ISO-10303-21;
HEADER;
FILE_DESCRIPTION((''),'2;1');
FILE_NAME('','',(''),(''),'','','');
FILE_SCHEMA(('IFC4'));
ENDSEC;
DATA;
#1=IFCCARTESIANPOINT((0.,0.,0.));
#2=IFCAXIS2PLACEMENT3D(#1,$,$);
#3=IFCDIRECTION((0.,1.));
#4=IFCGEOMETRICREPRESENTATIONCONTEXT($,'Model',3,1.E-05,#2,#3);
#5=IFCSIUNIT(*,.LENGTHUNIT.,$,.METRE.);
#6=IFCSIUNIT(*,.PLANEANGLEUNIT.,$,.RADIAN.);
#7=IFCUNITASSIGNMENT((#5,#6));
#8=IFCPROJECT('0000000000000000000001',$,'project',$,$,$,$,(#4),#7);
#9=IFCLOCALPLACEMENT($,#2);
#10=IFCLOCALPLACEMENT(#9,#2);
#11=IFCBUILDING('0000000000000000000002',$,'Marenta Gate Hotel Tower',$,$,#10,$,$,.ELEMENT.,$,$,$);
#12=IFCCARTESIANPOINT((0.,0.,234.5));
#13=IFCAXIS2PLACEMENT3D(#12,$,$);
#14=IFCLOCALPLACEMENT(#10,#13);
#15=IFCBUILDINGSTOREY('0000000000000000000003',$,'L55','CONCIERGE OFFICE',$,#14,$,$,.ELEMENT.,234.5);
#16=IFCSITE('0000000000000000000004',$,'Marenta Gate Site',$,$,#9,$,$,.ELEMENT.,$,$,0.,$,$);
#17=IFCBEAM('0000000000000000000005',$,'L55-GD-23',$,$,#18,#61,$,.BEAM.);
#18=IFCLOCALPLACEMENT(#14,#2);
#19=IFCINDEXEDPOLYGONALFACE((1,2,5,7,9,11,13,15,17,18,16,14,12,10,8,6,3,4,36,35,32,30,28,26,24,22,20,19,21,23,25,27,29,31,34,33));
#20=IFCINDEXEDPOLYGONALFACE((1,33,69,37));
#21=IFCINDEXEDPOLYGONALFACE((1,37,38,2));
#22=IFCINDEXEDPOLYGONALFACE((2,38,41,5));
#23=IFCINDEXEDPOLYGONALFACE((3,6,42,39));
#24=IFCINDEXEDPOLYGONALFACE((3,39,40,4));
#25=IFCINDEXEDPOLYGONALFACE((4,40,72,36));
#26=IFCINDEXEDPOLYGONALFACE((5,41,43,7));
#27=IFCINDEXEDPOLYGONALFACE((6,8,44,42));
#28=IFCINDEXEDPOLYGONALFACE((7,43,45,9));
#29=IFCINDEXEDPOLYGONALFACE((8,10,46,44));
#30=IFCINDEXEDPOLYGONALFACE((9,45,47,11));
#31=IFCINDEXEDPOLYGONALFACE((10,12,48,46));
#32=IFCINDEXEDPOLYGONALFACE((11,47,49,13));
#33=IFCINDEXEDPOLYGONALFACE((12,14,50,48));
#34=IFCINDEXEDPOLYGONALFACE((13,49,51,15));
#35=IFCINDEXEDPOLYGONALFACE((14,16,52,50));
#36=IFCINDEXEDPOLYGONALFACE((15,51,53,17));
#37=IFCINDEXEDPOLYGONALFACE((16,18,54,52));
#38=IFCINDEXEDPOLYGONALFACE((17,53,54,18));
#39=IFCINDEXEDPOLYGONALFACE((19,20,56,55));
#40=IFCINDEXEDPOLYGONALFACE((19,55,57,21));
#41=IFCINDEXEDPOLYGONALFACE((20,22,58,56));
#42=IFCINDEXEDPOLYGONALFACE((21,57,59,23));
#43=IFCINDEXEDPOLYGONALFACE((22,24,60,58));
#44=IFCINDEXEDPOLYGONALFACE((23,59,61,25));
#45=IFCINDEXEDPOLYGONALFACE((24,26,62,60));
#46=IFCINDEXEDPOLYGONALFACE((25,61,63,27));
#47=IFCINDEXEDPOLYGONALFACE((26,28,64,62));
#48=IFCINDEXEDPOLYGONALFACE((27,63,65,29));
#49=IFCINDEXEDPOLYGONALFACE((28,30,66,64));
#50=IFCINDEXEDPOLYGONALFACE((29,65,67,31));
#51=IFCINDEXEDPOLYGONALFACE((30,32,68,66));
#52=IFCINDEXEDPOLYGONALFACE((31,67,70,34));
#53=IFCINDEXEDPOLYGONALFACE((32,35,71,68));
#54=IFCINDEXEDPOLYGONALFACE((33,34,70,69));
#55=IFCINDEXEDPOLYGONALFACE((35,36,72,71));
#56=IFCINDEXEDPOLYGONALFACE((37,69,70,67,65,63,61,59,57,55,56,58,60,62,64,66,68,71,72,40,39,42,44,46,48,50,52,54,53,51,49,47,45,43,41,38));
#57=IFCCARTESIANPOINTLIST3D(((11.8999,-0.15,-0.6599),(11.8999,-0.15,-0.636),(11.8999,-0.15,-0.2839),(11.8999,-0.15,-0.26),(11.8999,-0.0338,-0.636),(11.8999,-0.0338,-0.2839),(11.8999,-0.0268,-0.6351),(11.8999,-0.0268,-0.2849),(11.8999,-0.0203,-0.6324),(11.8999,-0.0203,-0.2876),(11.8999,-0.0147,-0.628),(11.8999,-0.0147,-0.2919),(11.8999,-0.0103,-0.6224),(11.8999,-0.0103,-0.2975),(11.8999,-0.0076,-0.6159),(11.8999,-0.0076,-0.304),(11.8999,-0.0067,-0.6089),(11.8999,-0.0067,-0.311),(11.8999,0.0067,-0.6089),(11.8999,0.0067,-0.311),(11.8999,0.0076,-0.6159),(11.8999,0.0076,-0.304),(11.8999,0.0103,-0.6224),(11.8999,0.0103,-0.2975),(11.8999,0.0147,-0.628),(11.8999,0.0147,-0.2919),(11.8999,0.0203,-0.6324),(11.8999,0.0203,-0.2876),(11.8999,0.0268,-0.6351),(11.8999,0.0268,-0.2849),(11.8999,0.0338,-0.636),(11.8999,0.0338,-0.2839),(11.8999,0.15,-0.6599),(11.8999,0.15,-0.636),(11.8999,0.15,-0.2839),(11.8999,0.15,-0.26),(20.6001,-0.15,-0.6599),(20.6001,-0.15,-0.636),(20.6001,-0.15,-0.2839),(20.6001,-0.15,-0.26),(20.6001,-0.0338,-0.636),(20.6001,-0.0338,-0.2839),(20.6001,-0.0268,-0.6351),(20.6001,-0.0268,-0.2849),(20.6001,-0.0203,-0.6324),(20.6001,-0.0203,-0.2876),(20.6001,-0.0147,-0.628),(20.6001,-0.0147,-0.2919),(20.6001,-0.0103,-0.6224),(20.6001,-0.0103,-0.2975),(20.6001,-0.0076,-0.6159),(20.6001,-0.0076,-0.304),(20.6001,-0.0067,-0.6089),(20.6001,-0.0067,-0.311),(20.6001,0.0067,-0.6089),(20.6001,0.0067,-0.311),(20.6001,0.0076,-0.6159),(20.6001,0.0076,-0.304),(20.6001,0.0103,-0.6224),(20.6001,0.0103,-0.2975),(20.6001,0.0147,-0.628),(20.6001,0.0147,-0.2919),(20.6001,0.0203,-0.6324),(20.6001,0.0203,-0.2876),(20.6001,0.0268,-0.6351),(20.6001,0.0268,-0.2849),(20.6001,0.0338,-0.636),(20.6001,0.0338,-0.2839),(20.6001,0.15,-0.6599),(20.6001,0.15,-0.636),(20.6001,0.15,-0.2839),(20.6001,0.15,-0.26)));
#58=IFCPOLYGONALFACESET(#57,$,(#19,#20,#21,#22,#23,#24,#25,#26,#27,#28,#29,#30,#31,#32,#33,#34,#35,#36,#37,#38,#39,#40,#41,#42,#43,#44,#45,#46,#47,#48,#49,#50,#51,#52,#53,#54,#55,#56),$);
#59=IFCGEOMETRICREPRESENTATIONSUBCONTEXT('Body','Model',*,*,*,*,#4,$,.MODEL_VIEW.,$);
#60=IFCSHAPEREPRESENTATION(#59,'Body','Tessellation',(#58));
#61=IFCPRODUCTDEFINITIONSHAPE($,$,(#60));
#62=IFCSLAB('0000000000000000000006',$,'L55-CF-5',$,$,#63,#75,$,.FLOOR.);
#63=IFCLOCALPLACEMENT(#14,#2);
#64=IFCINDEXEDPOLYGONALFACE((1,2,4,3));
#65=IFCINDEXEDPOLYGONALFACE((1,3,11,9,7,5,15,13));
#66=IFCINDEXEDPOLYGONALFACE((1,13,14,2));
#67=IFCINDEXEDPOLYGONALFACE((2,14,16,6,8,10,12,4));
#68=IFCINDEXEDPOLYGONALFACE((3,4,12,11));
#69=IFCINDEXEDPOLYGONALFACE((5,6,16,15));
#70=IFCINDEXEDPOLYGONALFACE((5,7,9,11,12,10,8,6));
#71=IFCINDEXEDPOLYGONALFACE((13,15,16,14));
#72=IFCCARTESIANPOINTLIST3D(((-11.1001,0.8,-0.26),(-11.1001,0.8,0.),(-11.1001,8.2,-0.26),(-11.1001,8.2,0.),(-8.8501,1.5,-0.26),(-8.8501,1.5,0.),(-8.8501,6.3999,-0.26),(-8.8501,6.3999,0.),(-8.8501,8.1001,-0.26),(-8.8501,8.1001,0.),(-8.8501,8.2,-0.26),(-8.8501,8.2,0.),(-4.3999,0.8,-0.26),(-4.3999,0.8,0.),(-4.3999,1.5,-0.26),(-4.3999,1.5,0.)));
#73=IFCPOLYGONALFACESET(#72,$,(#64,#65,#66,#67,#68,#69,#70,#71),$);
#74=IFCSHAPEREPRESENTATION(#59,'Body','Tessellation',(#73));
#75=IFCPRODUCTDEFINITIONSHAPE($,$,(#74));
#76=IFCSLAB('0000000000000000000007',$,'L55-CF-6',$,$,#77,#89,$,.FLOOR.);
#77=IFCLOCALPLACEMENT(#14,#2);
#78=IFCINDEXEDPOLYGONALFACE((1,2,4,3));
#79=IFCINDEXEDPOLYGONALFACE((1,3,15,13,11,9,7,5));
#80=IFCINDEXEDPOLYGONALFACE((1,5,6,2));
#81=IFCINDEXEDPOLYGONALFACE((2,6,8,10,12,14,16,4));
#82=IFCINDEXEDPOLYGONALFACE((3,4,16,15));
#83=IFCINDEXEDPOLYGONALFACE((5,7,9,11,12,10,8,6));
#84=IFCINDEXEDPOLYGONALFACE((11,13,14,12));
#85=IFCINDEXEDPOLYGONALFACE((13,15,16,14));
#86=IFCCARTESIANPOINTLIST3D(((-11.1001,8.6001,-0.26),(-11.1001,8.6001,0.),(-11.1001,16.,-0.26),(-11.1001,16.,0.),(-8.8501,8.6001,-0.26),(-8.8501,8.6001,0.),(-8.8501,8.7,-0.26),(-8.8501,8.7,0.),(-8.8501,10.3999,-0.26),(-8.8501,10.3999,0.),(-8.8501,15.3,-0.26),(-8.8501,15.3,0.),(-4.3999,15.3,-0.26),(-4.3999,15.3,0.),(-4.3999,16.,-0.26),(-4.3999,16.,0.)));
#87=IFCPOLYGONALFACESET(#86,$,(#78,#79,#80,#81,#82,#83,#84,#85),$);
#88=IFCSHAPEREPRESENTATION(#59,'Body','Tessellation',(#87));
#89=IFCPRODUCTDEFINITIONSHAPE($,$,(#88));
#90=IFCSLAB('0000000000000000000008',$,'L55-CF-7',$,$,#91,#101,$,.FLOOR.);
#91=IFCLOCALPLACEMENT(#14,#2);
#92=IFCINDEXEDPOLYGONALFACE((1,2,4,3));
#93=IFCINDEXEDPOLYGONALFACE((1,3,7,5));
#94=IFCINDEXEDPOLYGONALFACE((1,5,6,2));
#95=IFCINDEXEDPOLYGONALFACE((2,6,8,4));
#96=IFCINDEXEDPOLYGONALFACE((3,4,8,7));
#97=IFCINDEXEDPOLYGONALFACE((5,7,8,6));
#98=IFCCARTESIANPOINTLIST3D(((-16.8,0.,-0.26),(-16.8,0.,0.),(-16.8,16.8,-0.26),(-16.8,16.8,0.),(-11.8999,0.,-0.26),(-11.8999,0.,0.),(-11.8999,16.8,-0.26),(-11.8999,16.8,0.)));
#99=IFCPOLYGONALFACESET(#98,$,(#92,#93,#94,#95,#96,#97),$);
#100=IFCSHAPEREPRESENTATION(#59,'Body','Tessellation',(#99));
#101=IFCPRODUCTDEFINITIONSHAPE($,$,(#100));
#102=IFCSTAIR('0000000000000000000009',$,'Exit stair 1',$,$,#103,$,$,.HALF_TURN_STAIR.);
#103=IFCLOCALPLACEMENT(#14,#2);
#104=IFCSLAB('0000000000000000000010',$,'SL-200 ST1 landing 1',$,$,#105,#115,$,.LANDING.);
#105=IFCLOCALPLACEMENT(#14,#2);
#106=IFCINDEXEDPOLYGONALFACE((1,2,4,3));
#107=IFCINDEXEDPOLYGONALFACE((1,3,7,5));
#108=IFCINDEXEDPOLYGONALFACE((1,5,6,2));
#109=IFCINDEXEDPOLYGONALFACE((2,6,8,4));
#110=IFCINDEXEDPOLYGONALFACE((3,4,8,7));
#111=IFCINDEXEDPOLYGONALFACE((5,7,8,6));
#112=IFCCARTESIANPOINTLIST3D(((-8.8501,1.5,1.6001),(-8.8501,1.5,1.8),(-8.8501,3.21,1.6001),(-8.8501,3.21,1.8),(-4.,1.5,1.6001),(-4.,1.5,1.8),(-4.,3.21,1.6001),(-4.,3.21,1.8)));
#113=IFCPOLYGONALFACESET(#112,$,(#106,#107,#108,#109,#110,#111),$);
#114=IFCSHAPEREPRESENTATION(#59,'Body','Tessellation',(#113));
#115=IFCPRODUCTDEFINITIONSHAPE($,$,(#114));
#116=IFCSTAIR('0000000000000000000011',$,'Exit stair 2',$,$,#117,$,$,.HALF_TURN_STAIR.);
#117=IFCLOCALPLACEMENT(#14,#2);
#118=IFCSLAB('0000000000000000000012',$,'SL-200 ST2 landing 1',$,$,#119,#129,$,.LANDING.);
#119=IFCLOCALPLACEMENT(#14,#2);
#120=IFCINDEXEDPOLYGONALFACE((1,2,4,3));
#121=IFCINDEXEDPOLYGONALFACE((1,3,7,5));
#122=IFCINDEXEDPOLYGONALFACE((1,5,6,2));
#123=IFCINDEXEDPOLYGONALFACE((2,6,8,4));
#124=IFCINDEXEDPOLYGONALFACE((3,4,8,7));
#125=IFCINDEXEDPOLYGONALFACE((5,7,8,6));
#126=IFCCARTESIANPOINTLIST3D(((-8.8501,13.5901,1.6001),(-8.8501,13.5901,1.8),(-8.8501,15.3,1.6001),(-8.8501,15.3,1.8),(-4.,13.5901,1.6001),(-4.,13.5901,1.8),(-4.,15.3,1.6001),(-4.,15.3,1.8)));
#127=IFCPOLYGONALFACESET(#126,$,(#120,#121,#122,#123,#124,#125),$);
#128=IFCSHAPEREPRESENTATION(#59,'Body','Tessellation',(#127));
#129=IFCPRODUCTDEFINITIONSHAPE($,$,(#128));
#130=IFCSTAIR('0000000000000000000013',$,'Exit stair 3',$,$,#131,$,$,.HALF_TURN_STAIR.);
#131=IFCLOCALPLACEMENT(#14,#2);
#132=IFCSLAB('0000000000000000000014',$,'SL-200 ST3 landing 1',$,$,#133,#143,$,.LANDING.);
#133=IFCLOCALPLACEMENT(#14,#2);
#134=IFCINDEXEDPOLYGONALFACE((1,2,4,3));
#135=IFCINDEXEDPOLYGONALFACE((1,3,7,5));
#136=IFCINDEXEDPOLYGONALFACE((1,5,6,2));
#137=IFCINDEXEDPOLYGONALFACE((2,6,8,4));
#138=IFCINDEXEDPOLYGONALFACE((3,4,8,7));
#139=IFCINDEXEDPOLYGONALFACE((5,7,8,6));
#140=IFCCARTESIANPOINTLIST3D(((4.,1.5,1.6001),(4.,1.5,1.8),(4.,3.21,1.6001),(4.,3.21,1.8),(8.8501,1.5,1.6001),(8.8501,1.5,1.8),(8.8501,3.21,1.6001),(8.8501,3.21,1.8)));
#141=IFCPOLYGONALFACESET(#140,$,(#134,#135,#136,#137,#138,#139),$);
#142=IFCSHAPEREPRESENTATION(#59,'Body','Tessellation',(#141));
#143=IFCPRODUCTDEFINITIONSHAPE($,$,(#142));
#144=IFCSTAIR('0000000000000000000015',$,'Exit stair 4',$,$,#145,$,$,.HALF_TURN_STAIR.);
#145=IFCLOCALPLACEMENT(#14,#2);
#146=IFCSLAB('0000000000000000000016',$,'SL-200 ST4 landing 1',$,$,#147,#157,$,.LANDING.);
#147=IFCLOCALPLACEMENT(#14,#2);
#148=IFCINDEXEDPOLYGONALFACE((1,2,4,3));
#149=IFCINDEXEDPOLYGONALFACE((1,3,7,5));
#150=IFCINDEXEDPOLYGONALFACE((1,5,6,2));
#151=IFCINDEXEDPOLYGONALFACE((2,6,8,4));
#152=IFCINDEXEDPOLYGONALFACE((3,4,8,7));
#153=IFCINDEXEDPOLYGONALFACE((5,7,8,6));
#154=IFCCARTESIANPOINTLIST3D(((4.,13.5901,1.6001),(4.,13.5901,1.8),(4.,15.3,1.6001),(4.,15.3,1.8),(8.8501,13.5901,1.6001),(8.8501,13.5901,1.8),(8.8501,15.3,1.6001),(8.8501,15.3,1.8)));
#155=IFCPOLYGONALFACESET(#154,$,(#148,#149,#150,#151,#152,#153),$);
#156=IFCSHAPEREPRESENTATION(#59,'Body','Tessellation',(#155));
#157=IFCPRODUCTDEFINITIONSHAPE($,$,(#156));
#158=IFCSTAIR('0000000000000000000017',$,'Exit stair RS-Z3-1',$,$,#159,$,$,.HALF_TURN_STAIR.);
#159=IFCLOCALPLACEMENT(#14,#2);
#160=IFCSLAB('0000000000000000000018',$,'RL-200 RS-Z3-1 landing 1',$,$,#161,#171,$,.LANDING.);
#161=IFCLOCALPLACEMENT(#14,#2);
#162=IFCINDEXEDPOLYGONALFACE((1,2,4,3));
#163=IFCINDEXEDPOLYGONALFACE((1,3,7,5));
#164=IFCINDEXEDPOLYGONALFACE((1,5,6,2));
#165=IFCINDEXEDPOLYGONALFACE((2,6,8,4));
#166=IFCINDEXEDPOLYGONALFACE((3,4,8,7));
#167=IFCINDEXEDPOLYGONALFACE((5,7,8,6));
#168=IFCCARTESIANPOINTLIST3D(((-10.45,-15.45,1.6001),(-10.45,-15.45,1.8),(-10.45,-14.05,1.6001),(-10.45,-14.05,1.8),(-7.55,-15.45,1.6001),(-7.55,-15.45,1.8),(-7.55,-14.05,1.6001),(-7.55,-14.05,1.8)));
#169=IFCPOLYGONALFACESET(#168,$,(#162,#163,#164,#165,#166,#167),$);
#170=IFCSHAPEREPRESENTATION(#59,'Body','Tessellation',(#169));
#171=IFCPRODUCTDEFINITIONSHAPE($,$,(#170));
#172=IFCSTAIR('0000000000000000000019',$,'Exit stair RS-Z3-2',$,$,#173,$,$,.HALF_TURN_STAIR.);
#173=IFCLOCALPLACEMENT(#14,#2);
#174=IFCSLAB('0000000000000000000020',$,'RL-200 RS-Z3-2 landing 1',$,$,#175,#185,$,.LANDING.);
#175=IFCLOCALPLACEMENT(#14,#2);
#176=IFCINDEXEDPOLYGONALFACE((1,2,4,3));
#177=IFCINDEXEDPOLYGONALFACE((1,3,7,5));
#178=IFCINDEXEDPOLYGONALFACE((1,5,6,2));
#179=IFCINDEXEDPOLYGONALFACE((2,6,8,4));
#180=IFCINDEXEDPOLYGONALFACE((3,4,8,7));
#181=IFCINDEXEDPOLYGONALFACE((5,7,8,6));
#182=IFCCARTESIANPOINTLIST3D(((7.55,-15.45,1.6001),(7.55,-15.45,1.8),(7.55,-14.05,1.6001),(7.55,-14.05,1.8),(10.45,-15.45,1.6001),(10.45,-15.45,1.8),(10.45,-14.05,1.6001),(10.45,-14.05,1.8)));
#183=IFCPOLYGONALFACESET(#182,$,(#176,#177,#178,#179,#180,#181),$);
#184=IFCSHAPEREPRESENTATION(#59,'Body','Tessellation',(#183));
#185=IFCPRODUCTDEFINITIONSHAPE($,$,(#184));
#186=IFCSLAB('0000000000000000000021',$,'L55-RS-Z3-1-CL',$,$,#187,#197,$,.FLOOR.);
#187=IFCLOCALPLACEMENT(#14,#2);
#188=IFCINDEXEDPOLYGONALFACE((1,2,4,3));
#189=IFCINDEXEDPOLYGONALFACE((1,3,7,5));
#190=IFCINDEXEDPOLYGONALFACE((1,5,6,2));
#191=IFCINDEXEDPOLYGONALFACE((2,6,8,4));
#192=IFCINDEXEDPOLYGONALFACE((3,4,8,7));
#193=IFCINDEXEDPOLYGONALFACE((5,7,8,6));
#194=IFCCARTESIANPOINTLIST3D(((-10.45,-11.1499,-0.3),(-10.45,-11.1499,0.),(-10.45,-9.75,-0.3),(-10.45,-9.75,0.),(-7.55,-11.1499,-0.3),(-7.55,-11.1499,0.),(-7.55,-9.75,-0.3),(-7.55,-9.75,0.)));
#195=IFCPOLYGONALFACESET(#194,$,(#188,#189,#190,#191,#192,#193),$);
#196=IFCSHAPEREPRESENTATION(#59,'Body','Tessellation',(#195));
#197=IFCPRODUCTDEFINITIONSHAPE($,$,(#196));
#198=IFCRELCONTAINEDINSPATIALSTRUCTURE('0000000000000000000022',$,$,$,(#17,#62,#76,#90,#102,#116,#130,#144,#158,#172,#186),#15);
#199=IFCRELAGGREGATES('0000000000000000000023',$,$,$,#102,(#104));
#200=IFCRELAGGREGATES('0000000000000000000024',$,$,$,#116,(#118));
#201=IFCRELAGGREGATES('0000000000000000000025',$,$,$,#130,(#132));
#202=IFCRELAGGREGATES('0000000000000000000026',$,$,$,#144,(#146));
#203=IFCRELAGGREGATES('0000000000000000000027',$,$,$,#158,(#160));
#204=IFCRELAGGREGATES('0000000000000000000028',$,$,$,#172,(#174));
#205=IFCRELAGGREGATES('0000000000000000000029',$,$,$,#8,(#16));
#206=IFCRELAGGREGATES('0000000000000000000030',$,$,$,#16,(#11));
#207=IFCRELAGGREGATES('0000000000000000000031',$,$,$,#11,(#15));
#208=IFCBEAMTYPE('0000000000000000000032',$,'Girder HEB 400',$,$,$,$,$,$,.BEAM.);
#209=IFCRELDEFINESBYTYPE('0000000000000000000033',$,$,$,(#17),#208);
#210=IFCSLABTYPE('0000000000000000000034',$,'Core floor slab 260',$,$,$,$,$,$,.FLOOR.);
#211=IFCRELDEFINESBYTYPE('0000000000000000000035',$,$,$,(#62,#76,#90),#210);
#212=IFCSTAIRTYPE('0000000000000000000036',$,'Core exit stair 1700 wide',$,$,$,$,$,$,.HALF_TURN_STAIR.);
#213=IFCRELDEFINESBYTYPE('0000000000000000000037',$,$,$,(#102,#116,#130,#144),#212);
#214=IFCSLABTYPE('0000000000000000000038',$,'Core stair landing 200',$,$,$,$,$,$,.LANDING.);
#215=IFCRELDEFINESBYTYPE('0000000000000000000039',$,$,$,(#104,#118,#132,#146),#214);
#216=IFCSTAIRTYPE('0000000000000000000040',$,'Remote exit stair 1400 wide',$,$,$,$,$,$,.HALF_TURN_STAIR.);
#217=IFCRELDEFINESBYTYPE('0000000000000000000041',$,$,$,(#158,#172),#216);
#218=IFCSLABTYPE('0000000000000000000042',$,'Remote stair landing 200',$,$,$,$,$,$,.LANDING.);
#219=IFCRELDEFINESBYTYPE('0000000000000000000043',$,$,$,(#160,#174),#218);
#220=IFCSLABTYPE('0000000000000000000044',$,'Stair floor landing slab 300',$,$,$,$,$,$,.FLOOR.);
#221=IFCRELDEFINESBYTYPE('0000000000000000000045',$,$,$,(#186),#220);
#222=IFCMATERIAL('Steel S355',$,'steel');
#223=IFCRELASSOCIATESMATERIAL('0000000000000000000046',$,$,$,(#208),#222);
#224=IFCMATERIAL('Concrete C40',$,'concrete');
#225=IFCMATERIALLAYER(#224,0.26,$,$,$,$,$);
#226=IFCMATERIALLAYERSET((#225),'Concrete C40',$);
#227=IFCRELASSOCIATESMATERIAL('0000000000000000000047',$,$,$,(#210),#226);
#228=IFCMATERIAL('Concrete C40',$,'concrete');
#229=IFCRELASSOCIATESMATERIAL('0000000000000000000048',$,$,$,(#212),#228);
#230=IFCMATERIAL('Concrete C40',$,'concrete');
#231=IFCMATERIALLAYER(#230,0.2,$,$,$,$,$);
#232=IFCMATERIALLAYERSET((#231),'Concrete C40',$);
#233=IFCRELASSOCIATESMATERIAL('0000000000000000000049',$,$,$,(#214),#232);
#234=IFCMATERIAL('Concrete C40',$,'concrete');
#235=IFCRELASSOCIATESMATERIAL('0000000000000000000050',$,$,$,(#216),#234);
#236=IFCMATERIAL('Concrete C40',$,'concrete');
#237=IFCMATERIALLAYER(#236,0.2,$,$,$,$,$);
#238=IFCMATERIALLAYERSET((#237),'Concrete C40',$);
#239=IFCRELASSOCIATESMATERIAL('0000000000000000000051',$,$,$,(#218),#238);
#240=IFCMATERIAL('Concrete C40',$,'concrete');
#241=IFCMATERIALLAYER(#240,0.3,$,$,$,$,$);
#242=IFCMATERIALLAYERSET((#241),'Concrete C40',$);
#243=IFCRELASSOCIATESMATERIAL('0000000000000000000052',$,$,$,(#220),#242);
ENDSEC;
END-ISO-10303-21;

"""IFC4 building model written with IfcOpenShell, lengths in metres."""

from ifc_helpers import new_model, si_unit, direction, frame, origin, origin_2d, place, context, subcontext, project, spatial, polyline, i_section, outline, extrude, material, layer, layer_set, material_profile, profile_set, type_object, element, aggregate, save


model = new_model("IFC4")

# Units and contexts
model_context = context("Model", 3, precision=1e-05, world=origin(), true_north=direction((0.0, 1.0)))
body_context = subcontext(model_context, "Body", "Model", "MODEL_VIEW")
ifc_project = project(units=[si_unit("LENGTHUNIT", "METRE"), si_unit("PLANEANGLEUNIT", "RADIAN")], contexts=[model_context])

# Site, building, storey
site_placement = place(None, origin())
site = spatial("IfcSite", under=ifc_project, at=site_placement, Name="Marenta Gate Site", CompositionType="ELEMENT", RefElevation=0.0)
building_placement = place(site_placement, origin())
building = spatial("IfcBuilding", under=site, at=building_placement, Name="Marenta Gate Hotel Tower", CompositionType="ELEMENT")
storey_placement = place(building_placement, frame((0.0, 0.0, 234.5)))
storey = spatial("IfcBuildingStorey", under=building, at=storey_placement, Name="L55", Description="CONCIERGE OFFICE", CompositionType="ELEMENT", Elevation=234.5)

# Beam
ifc_material_1 = material(Name="Steel S355", Category="steel")
ifc_material_profile = material_profile(ifc_material_1, i_section(OverallWidth=0.3, OverallDepth=0.3999, WebThickness=0.0134, FlangeThickness=0.0239, FilletRadius=0.0271, at=origin_2d()), Name="HEB 400")
ifc_profile_set = profile_set([ifc_material_profile], Name="Steel S355")
beam_type = type_object("IfcBeamType", Name="Girder HEB 400", PredefinedType="BEAM", material=ifc_profile_set)
beam_placement = place(storey_placement, frame((11.8999, 0.0, -0.46), z_axis=(1.0, 0.0, 0.0), x_axis=(0.0, 1.0, 0.0)))
element("IfcBeam", 1, at=beam_placement, inside=storey, type_object=beam_type, Name="L55-GD-23", PredefinedType="BEAM", context=body_context, shape_type="SweptSolid", body=[
    extrude(i_section(OverallWidth=0.3, OverallDepth=0.3999, WebThickness=0.0134, FlangeThickness=0.0239, FilletRadius=0.0271, at=origin_2d()), origin(), (0.0, 0.0, 1.0), 8.7002),
])

# Slabs
ifc_material_2 = material(Name="Concrete C40", Category="concrete")
ifc_layer_1 = layer(ifc_material_2, 0.26)
ifc_layer_set_1 = layer_set([ifc_layer_1], Name="Concrete C40")
slab_type_1 = type_object("IfcSlabType", Name="Core floor slab 260", PredefinedType="FLOOR", material=ifc_layer_set_1)
slab_1_placement = place(storey_placement, frame((0.0, 0.0, -0.26)))
element("IfcSlab", 2, at=slab_1_placement, inside=storey, type_object=slab_type_1, Name="L55-CF-5", PredefinedType="FLOOR", context=body_context, shape_type="SweptSolid", body=[
    extrude(outline(polyline([(-8.8501, 8.2), (-8.8501, 8.1001), (-8.8501, 6.3999), (-8.8501, 1.5), (-4.3999, 1.5), (-4.3999, 0.8), (-11.1001, 0.8), (-11.1001, 8.2), (-8.8501, 8.2)])), origin(), (0.0, 0.0, 1.0), 0.26),
])
slab_2_placement = place(storey_placement, frame((0.0, 0.0, -0.26)))
element("IfcSlab", 3, at=slab_2_placement, inside=storey, type_object=slab_type_1, Name="L55-CF-6", PredefinedType="FLOOR", context=body_context, shape_type="SweptSolid", body=[
    extrude(outline(polyline([(-4.3999, 15.3), (-8.8501, 15.3), (-8.8501, 10.3999), (-8.8501, 8.7), (-8.8501, 8.6001), (-11.1001, 8.6001), (-11.1001, 16.0), (-4.3999, 16.0), (-4.3999, 15.3)])), origin(), (0.0, 0.0, 1.0), 0.26),
])
slab_3_placement = place(storey_placement, frame((0.0, 0.0, -0.26)))
element("IfcSlab", 4, at=slab_3_placement, inside=storey, type_object=slab_type_1, Name="L55-CF-7", PredefinedType="FLOOR", context=body_context, shape_type="SweptSolid", body=[
    extrude(outline(polyline([(-11.8999, 16.8), (-11.8999, 0.0), (-16.8, 0.0), (-16.8, 16.8), (-11.8999, 16.8)])), origin(), (0.0, 0.0, 1.0), 0.26),
])

# Stairs, slabs
ifc_material_3 = material(Name="Concrete C40", Category="concrete")
stair_type_1 = type_object("IfcStairType", Name="Core exit stair 1700 wide", PredefinedType="HALF_TURN_STAIR", material=ifc_material_3)
stair_1_placement = place(storey_placement, origin())
stair_1 = element("IfcStair", 5, at=stair_1_placement, inside=storey, type_object=stair_type_1, Name="Exit stair 1", PredefinedType="HALF_TURN_STAIR")
ifc_material_4 = material(Name="Concrete C40", Category="concrete")
ifc_layer_2 = layer(ifc_material_4, 0.2)
ifc_layer_set_2 = layer_set([ifc_layer_2], Name="Concrete C40")
slab_type_2 = type_object("IfcSlabType", Name="Core stair landing 200", PredefinedType="LANDING", material=ifc_layer_set_2)
slab_4_placement = place(storey_placement, frame((0.0, 0.0, 1.6001)))
slab_4 = element("IfcSlab", 6, at=slab_4_placement, type_object=slab_type_2, Name="SL-200 ST1 landing 1", PredefinedType="LANDING", context=body_context, shape_type="SweptSolid", body=[
    extrude(outline(polyline([(-8.8501, 1.5), (-4.0, 1.5), (-4.0, 3.21), (-8.8501, 3.21), (-8.8501, 1.5)])), origin(), (0.0, 0.0, 1.0), 0.2),
])
aggregate(stair_1, [slab_4])
stair_2_placement = place(storey_placement, origin())
stair_2 = element("IfcStair", 7, at=stair_2_placement, inside=storey, type_object=stair_type_1, Name="Exit stair 2", PredefinedType="HALF_TURN_STAIR")
slab_5_placement = place(storey_placement, frame((0.0, 0.0, 1.6001)))
slab_5 = element("IfcSlab", 8, at=slab_5_placement, type_object=slab_type_2, Name="SL-200 ST2 landing 1", PredefinedType="LANDING", context=body_context, shape_type="SweptSolid", body=[
    extrude(outline(polyline([(-8.8501, 13.5901), (-4.0, 13.5901), (-4.0, 15.3), (-8.8501, 15.3), (-8.8501, 13.5901)])), origin(), (0.0, 0.0, 1.0), 0.2),
])
aggregate(stair_2, [slab_5])
stair_3_placement = place(storey_placement, origin())
stair_3 = element("IfcStair", 9, at=stair_3_placement, inside=storey, type_object=stair_type_1, Name="Exit stair 3", PredefinedType="HALF_TURN_STAIR")
slab_6_placement = place(storey_placement, frame((0.0, 0.0, 1.6001)))
slab_6 = element("IfcSlab", 10, at=slab_6_placement, type_object=slab_type_2, Name="SL-200 ST3 landing 1", PredefinedType="LANDING", context=body_context, shape_type="SweptSolid", body=[
    extrude(outline(polyline([(4.0, 1.5), (8.8501, 1.5), (8.8501, 3.21), (4.0, 3.21), (4.0, 1.5)])), origin(), (0.0, 0.0, 1.0), 0.2),
])
aggregate(stair_3, [slab_6])
stair_4_placement = place(storey_placement, origin())
stair_4 = element("IfcStair", 11, at=stair_4_placement, inside=storey, type_object=stair_type_1, Name="Exit stair 4", PredefinedType="HALF_TURN_STAIR")
slab_7_placement = place(storey_placement, frame((0.0, 0.0, 1.6001)))
slab_7 = element("IfcSlab", 12, at=slab_7_placement, type_object=slab_type_2, Name="SL-200 ST4 landing 1", PredefinedType="LANDING", context=body_context, shape_type="SweptSolid", body=[
    extrude(outline(polyline([(4.0, 13.5901), (8.8501, 13.5901), (8.8501, 15.3), (4.0, 15.3), (4.0, 13.5901)])), origin(), (0.0, 0.0, 1.0), 0.2),
])
aggregate(stair_4, [slab_7])
ifc_material_5 = material(Name="Concrete C40", Category="concrete")
stair_type_2 = type_object("IfcStairType", Name="Remote exit stair 1400 wide", PredefinedType="HALF_TURN_STAIR", material=ifc_material_5)
stair_5_placement = place(storey_placement, origin())
stair_5 = element("IfcStair", 13, at=stair_5_placement, inside=storey, type_object=stair_type_2, Name="Exit stair RS-Z3-1", PredefinedType="HALF_TURN_STAIR")
ifc_material_6 = material(Name="Concrete C40", Category="concrete")
ifc_layer_3 = layer(ifc_material_6, 0.2)
ifc_layer_set_3 = layer_set([ifc_layer_3], Name="Concrete C40")
slab_type_3 = type_object("IfcSlabType", Name="Remote stair landing 200", PredefinedType="LANDING", material=ifc_layer_set_3)
slab_8_placement = place(storey_placement, frame((0.0, 0.0, 1.6001)))
slab_8 = element("IfcSlab", 14, at=slab_8_placement, type_object=slab_type_3, Name="RL-200 RS-Z3-1 landing 1", PredefinedType="LANDING", context=body_context, shape_type="SweptSolid", body=[
    extrude(outline(polyline([(-10.45, -15.45), (-7.55, -15.45), (-7.55, -14.05), (-10.45, -14.05), (-10.45, -15.45)])), origin(), (0.0, 0.0, 1.0), 0.2),
])
aggregate(stair_5, [slab_8])
stair_6_placement = place(storey_placement, origin())
stair_6 = element("IfcStair", 15, at=stair_6_placement, inside=storey, type_object=stair_type_2, Name="Exit stair RS-Z3-2", PredefinedType="HALF_TURN_STAIR")
slab_9_placement = place(storey_placement, frame((0.0, 0.0, 1.6001)))
slab_9 = element("IfcSlab", 16, at=slab_9_placement, type_object=slab_type_3, Name="RL-200 RS-Z3-2 landing 1", PredefinedType="LANDING", context=body_context, shape_type="SweptSolid", body=[
    extrude(outline(polyline([(7.55, -15.45), (10.45, -15.45), (10.45, -14.05), (7.55, -14.05), (7.55, -15.45)])), origin(), (0.0, 0.0, 1.0), 0.2),
])
aggregate(stair_6, [slab_9])

# Slab
ifc_material_7 = material(Name="Concrete C40", Category="concrete")
ifc_layer_4 = layer(ifc_material_7, 0.3)
ifc_layer_set_4 = layer_set([ifc_layer_4], Name="Concrete C40")
slab_type_4 = type_object("IfcSlabType", Name="Stair floor landing slab 300", PredefinedType="FLOOR", material=ifc_layer_set_4)
slab_10_placement = place(storey_placement, frame((0.0, 0.0, -0.3)))
element("IfcSlab", 17, at=slab_10_placement, inside=storey, type_object=slab_type_4, Name="L55-RS-Z3-1-CL", PredefinedType="FLOOR", context=body_context, shape_type="SweptSolid", body=[
    extrude(outline(polyline([(-7.55, -11.1499), (-7.55, -9.75), (-10.45, -9.75), (-10.45, -11.1499), (-7.55, -11.1499)])), origin(), (0.0, 0.0, 1.0), 0.3),
])

save(model, "model.ifc")
